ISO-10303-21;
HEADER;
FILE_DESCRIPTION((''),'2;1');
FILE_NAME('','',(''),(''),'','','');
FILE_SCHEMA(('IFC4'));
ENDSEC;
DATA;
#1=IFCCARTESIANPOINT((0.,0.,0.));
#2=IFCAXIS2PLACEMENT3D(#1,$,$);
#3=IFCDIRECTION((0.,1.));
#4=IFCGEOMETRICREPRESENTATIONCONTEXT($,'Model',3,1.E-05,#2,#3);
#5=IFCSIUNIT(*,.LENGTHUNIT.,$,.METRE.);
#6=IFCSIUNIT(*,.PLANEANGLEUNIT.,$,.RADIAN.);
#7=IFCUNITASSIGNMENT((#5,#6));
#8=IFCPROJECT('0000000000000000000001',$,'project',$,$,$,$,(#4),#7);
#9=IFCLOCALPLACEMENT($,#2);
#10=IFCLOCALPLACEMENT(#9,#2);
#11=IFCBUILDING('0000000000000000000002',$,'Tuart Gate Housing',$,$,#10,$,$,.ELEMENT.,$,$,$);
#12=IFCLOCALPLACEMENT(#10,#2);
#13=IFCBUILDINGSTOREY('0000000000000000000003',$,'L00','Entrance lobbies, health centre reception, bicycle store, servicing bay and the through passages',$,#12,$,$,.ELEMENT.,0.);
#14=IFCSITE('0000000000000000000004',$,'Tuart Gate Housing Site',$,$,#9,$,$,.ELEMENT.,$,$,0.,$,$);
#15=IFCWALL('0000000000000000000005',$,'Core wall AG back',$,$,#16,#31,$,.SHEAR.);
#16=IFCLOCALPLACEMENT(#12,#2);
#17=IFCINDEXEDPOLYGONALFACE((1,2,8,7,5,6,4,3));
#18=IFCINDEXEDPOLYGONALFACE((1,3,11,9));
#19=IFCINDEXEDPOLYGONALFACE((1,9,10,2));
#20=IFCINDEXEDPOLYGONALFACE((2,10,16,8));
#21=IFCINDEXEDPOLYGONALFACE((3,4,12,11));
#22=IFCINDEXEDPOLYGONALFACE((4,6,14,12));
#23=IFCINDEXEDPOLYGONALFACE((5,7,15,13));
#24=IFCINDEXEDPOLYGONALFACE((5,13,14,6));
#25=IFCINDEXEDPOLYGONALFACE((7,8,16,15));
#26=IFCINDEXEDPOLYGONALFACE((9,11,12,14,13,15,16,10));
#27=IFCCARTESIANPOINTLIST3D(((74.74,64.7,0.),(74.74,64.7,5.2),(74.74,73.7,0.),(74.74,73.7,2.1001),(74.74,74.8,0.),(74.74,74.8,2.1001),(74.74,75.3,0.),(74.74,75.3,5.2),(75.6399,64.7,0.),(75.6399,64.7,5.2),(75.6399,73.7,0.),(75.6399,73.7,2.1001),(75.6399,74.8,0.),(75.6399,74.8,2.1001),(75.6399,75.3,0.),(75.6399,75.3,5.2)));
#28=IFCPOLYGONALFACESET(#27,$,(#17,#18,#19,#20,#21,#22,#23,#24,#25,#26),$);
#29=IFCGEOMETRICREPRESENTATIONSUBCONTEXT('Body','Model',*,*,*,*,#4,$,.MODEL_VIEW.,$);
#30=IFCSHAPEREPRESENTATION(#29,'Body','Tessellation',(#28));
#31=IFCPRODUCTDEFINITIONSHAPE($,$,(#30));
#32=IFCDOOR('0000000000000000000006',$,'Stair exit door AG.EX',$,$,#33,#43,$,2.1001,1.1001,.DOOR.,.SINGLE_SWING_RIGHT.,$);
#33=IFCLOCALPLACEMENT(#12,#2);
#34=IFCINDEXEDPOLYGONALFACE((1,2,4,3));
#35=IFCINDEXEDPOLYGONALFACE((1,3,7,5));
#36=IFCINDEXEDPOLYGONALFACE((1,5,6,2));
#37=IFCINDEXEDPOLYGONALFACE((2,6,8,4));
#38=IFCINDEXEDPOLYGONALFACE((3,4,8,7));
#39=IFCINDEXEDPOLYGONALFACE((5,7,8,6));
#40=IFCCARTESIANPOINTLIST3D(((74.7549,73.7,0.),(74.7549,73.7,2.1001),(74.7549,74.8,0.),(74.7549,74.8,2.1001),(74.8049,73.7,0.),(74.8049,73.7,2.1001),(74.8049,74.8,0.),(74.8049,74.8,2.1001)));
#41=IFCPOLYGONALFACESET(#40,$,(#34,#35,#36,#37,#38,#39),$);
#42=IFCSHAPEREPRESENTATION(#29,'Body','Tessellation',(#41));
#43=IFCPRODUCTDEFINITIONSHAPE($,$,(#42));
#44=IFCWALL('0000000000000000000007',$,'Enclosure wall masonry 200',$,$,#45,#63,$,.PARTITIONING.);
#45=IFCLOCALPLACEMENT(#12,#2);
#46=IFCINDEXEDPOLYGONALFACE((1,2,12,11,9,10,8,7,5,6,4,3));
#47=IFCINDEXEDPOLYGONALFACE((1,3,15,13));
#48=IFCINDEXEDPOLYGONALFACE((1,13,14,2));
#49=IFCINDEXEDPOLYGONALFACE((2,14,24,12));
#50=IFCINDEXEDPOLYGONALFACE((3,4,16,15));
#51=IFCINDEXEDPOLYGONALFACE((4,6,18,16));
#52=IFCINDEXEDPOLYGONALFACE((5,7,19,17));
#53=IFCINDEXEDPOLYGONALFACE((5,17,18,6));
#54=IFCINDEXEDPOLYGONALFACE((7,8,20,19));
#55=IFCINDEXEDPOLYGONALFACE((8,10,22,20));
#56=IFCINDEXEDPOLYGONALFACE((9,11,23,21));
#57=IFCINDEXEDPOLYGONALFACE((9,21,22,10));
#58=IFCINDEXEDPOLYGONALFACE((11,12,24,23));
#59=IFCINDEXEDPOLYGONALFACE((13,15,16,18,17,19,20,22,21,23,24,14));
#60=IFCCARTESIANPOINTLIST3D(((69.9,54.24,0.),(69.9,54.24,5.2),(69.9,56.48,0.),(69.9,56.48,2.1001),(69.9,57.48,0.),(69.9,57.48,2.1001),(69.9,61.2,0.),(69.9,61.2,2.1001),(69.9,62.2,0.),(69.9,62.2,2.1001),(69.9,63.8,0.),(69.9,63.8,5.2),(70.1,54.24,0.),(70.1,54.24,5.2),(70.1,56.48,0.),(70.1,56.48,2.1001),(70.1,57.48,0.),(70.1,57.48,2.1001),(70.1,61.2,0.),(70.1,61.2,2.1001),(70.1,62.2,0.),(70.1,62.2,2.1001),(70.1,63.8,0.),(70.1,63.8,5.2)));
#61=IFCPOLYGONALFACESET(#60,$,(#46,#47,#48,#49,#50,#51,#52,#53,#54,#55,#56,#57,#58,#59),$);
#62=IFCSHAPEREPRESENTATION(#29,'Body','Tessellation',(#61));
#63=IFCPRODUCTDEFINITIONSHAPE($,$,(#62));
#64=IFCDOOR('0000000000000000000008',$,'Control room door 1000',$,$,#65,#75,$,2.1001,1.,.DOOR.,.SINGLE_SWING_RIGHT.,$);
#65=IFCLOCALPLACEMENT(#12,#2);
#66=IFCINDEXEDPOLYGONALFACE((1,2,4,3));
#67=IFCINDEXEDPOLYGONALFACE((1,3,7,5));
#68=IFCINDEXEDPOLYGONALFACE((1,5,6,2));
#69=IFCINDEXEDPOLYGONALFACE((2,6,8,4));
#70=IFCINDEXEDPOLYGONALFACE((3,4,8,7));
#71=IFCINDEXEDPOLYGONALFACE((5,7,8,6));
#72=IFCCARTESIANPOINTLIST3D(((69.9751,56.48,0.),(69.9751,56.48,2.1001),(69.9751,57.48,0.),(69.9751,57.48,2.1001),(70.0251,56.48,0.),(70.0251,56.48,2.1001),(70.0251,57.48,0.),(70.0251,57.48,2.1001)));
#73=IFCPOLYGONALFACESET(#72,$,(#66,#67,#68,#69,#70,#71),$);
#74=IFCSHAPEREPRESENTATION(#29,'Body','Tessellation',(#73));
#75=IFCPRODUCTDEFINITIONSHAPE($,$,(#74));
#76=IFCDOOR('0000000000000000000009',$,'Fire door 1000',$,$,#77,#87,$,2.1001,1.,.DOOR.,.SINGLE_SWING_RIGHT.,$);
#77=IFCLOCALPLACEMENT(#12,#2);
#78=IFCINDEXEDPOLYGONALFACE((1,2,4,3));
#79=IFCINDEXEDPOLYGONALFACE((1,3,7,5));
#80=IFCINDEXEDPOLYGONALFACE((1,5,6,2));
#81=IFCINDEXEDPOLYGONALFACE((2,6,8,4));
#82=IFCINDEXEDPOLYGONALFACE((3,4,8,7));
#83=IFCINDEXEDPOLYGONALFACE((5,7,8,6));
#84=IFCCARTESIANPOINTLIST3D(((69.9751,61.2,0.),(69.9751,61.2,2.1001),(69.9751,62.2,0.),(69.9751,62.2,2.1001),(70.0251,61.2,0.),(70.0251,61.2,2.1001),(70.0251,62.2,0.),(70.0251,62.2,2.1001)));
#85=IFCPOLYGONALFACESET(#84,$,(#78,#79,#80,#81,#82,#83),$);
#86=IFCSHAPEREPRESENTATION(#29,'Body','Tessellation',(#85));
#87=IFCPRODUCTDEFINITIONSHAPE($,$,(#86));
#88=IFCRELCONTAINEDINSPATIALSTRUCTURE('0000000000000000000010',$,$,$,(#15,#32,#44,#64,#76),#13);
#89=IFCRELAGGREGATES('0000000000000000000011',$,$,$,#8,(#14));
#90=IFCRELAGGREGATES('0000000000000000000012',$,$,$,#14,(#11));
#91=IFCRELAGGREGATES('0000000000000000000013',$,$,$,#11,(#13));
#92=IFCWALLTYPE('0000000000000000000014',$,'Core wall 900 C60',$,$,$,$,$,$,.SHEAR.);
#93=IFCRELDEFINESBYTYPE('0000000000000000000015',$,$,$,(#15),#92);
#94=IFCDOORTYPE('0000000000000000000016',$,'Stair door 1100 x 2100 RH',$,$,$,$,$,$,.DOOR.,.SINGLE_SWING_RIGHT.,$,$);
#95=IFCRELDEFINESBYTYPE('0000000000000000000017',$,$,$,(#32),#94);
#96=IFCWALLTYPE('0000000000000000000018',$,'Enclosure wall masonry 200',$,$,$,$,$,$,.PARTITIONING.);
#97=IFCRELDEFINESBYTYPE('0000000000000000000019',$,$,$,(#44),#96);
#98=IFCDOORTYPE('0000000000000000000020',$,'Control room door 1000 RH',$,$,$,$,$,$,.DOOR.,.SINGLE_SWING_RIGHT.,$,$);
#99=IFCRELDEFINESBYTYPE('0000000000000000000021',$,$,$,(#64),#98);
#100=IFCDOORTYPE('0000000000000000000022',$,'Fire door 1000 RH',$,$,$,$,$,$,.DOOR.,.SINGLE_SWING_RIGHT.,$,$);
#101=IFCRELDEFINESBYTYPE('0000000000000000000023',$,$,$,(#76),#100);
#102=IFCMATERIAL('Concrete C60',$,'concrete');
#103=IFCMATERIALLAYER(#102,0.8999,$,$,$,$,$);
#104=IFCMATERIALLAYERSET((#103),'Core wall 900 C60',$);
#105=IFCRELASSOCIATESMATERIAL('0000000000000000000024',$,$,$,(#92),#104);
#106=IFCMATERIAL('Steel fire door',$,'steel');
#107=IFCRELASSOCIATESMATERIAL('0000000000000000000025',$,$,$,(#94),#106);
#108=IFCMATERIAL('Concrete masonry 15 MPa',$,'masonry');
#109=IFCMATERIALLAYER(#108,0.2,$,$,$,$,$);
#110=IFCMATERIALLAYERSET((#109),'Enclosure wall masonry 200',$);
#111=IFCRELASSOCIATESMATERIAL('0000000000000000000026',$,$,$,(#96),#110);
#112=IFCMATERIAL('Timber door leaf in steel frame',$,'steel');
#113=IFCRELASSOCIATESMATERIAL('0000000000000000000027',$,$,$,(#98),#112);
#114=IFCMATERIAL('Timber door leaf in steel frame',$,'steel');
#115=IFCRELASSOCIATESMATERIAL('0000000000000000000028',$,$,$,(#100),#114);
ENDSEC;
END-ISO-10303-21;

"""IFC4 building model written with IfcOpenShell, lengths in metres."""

from ifc_helpers import new_model, si_unit, direction, frame, frame_2d, origin, place, context, subcontext, project, spatial, rectangle, extrude, material, layer, layer_set, type_object, element, fill, save


model = new_model("IFC4")

# Units and contexts
model_context = context("Model", 3, precision=1e-05, world=origin(), true_north=direction((0.0, 1.0)))
body_context = subcontext(model_context, "Body", "Model", "MODEL_VIEW")
ifc_project = project(units=[si_unit("LENGTHUNIT", "METRE"), si_unit("PLANEANGLEUNIT", "RADIAN")], contexts=[model_context])

# Site, building, storey
site_placement = place(None, origin())
site = spatial("IfcSite", under=ifc_project, at=site_placement, Name="Tuart Gate Housing Site", CompositionType="ELEMENT", RefElevation=0.0)
building_placement = place(site_placement, origin())
building = spatial("IfcBuilding", under=site, at=building_placement, Name="Tuart Gate Housing", CompositionType="ELEMENT")
storey_placement = place(building_placement, origin())
storey = spatial("IfcBuildingStorey", under=building, at=storey_placement, Name="L00", Description="Entrance lobbies, health centre reception, bicycle store, servicing bay and the through passages", CompositionType="ELEMENT", Elevation=0.0)

# Wall, opening, door
ifc_material_1 = material(Name="Concrete C60", Category="concrete")
ifc_layer_1 = layer(ifc_material_1, 0.8999)
ifc_layer_set_1 = layer_set([ifc_layer_1], Name="Core wall 900 C60")
wall_type_1 = type_object("IfcWallType", Name="Core wall 900 C60", PredefinedType="SHEAR", material=ifc_layer_set_1)
wall_1_placement = place(storey_placement, frame((75.1899, 64.7, 0.0), z_axis=(0.0, 0.0, 1.0), x_axis=(0.0, 1.0, 0.0)))
wall_1 = element("IfcWall", 1, at=wall_1_placement, inside=storey, type_object=wall_type_1, Name="Core wall AG back", PredefinedType="SHEAR", context=body_context, shape_type="SweptSolid", body=[
    extrude(rectangle(XDim=10.6001, YDim=0.8999, at=frame_2d((5.3, 0.0))), origin(), (0.0, 0.0, 1.0), 5.2),
])
opening_1_placement = place(wall_1_placement, frame((9.0, 0.0, 0.0)))
opening_1 = element("IfcOpeningElement", 2, at=opening_1_placement, cuts=wall_1, PredefinedType="OPENING", context=body_context, shape_type="SweptSolid", body=[
    extrude(rectangle(XDim=1.1001, YDim=2.1001, at=frame_2d((0.55, 1.05))), frame((0.0, 0.46, 0.0), z_axis=(0.0, -1.0, 0.0), x_axis=(1.0, 0.0, 0.0)), (0.0, 0.0, 1.0), 0.9199),
])
ifc_material_2 = material(Name="Steel fire door", Category="steel")
door_type_1 = type_object("IfcDoorType", Name="Stair door 1100 x 2100 RH", OperationType="SINGLE_SWING_RIGHT", PredefinedType="DOOR", material=ifc_material_2)
door_1_placement = place(opening_1_placement, frame((1.1001, 0.0, 0.0), z_axis=(0.0, 0.0, 1.0), x_axis=(-1.0, 0.0, 0.0)))
door_1 = element("IfcDoor", 3, at=door_1_placement, inside=storey, type_object=door_type_1, Name="Stair exit door AG.EX", OperationType="SINGLE_SWING_RIGHT", OverallHeight=2.1001, OverallWidth=1.1001, PredefinedType="DOOR", context=body_context, shape_type="SweptSolid", body=[
    extrude(rectangle(XDim=1.1001, YDim=2.1001, at=frame_2d((0.55, 1.05))), frame((0.0, -0.385, 0.0), z_axis=(0.0, -1.0, 0.0), x_axis=(1.0, 0.0, 0.0)), (0.0, 0.0, 1.0), 0.05),
])
fill(opening_1, door_1)

# Wall, openings, doors
ifc_material_3 = material(Name="Concrete masonry 15 MPa", Category="masonry")
ifc_layer_2 = layer(ifc_material_3, 0.2)
ifc_layer_set_2 = layer_set([ifc_layer_2], Name="Enclosure wall masonry 200")
wall_type_2 = type_object("IfcWallType", Name="Enclosure wall masonry 200", PredefinedType="PARTITIONING", material=ifc_layer_set_2)
wall_2_placement = place(storey_placement, frame((70.0, 54.24, 0.0), z_axis=(0.0, 0.0, 1.0), x_axis=(0.0, 1.0, 0.0)))
wall_2 = element("IfcWall", 4, at=wall_2_placement, inside=storey, type_object=wall_type_2, Name="Enclosure wall masonry 200", PredefinedType="PARTITIONING", context=body_context, shape_type="SweptSolid", body=[
    extrude(rectangle(XDim=9.5601, YDim=0.2, at=frame_2d((4.78, 0.0))), origin(), (0.0, 0.0, 1.0), 5.2),
])
opening_2_placement = place(wall_2_placement, frame((2.24, 0.0, 0.0)))
opening_2 = element("IfcOpeningElement", 5, at=opening_2_placement, cuts=wall_2, PredefinedType="OPENING", context=body_context, shape_type="SweptSolid", body=[
    extrude(rectangle(XDim=1.0, YDim=2.1001, at=frame_2d((0.5, 1.05))), frame((0.0, 0.1099, 0.0), z_axis=(0.0, -1.0, 0.0), x_axis=(1.0, 0.0, 0.0)), (0.0, 0.0, 1.0), 0.22),
])
opening_3_placement = place(wall_2_placement, frame((6.96, 0.0, 0.0)))
opening_3 = element("IfcOpeningElement", 6, at=opening_3_placement, cuts=wall_2, PredefinedType="OPENING", context=body_context, shape_type="SweptSolid", body=[
    extrude(rectangle(XDim=1.0, YDim=2.1001, at=frame_2d((0.5, 1.05))), frame((0.0, 0.1099, 0.0), z_axis=(0.0, -1.0, 0.0), x_axis=(1.0, 0.0, 0.0)), (0.0, 0.0, 1.0), 0.22),
])
ifc_material_4 = material(Name="Timber door leaf in steel frame", Category="steel")
door_type_2 = type_object("IfcDoorType", Name="Control room door 1000 RH", OperationType="SINGLE_SWING_RIGHT", PredefinedType="DOOR", material=ifc_material_4)
door_2_placement = place(opening_2_placement, frame((1.0, 0.0, 0.0), z_axis=(0.0, 0.0, 1.0), x_axis=(-1.0, 0.0, 0.0)))
door_2 = element("IfcDoor", 7, at=door_2_placement, inside=storey, type_object=door_type_2, Name="Control room door 1000", OperationType="SINGLE_SWING_RIGHT", OverallHeight=2.1001, OverallWidth=1.0, PredefinedType="DOOR", context=body_context, shape_type="SweptSolid", body=[
    extrude(rectangle(XDim=1.0, YDim=2.1001, at=frame_2d((0.5, 1.05))), frame((0.0, 0.0251, 0.0), z_axis=(0.0, -1.0, 0.0), x_axis=(1.0, 0.0, 0.0)), (0.0, 0.0, 1.0), 0.05),
])
fill(opening_2, door_2)
ifc_material_5 = material(Name="Timber door leaf in steel frame", Category="steel")
door_type_3 = type_object("IfcDoorType", Name="Fire door 1000 RH", OperationType="SINGLE_SWING_RIGHT", PredefinedType="DOOR", material=ifc_material_5)
door_3_placement = place(opening_3_placement, frame((1.0, 0.0, 0.0), z_axis=(0.0, 0.0, 1.0), x_axis=(-1.0, 0.0, 0.0)))
door_3 = element("IfcDoor", 8, at=door_3_placement, inside=storey, type_object=door_type_3, Name="Fire door 1000", OperationType="SINGLE_SWING_RIGHT", OverallHeight=2.1001, OverallWidth=1.0, PredefinedType="DOOR", context=body_context, shape_type="SweptSolid", body=[
    extrude(rectangle(XDim=1.0, YDim=2.1001, at=frame_2d((0.5, 1.05))), frame((0.0, 0.0251, 0.0), z_axis=(0.0, -1.0, 0.0), x_axis=(1.0, 0.0, 0.0)), (0.0, 0.0, 1.0), 0.05),
])
fill(opening_3, door_3)

save(model, "model.ifc")
